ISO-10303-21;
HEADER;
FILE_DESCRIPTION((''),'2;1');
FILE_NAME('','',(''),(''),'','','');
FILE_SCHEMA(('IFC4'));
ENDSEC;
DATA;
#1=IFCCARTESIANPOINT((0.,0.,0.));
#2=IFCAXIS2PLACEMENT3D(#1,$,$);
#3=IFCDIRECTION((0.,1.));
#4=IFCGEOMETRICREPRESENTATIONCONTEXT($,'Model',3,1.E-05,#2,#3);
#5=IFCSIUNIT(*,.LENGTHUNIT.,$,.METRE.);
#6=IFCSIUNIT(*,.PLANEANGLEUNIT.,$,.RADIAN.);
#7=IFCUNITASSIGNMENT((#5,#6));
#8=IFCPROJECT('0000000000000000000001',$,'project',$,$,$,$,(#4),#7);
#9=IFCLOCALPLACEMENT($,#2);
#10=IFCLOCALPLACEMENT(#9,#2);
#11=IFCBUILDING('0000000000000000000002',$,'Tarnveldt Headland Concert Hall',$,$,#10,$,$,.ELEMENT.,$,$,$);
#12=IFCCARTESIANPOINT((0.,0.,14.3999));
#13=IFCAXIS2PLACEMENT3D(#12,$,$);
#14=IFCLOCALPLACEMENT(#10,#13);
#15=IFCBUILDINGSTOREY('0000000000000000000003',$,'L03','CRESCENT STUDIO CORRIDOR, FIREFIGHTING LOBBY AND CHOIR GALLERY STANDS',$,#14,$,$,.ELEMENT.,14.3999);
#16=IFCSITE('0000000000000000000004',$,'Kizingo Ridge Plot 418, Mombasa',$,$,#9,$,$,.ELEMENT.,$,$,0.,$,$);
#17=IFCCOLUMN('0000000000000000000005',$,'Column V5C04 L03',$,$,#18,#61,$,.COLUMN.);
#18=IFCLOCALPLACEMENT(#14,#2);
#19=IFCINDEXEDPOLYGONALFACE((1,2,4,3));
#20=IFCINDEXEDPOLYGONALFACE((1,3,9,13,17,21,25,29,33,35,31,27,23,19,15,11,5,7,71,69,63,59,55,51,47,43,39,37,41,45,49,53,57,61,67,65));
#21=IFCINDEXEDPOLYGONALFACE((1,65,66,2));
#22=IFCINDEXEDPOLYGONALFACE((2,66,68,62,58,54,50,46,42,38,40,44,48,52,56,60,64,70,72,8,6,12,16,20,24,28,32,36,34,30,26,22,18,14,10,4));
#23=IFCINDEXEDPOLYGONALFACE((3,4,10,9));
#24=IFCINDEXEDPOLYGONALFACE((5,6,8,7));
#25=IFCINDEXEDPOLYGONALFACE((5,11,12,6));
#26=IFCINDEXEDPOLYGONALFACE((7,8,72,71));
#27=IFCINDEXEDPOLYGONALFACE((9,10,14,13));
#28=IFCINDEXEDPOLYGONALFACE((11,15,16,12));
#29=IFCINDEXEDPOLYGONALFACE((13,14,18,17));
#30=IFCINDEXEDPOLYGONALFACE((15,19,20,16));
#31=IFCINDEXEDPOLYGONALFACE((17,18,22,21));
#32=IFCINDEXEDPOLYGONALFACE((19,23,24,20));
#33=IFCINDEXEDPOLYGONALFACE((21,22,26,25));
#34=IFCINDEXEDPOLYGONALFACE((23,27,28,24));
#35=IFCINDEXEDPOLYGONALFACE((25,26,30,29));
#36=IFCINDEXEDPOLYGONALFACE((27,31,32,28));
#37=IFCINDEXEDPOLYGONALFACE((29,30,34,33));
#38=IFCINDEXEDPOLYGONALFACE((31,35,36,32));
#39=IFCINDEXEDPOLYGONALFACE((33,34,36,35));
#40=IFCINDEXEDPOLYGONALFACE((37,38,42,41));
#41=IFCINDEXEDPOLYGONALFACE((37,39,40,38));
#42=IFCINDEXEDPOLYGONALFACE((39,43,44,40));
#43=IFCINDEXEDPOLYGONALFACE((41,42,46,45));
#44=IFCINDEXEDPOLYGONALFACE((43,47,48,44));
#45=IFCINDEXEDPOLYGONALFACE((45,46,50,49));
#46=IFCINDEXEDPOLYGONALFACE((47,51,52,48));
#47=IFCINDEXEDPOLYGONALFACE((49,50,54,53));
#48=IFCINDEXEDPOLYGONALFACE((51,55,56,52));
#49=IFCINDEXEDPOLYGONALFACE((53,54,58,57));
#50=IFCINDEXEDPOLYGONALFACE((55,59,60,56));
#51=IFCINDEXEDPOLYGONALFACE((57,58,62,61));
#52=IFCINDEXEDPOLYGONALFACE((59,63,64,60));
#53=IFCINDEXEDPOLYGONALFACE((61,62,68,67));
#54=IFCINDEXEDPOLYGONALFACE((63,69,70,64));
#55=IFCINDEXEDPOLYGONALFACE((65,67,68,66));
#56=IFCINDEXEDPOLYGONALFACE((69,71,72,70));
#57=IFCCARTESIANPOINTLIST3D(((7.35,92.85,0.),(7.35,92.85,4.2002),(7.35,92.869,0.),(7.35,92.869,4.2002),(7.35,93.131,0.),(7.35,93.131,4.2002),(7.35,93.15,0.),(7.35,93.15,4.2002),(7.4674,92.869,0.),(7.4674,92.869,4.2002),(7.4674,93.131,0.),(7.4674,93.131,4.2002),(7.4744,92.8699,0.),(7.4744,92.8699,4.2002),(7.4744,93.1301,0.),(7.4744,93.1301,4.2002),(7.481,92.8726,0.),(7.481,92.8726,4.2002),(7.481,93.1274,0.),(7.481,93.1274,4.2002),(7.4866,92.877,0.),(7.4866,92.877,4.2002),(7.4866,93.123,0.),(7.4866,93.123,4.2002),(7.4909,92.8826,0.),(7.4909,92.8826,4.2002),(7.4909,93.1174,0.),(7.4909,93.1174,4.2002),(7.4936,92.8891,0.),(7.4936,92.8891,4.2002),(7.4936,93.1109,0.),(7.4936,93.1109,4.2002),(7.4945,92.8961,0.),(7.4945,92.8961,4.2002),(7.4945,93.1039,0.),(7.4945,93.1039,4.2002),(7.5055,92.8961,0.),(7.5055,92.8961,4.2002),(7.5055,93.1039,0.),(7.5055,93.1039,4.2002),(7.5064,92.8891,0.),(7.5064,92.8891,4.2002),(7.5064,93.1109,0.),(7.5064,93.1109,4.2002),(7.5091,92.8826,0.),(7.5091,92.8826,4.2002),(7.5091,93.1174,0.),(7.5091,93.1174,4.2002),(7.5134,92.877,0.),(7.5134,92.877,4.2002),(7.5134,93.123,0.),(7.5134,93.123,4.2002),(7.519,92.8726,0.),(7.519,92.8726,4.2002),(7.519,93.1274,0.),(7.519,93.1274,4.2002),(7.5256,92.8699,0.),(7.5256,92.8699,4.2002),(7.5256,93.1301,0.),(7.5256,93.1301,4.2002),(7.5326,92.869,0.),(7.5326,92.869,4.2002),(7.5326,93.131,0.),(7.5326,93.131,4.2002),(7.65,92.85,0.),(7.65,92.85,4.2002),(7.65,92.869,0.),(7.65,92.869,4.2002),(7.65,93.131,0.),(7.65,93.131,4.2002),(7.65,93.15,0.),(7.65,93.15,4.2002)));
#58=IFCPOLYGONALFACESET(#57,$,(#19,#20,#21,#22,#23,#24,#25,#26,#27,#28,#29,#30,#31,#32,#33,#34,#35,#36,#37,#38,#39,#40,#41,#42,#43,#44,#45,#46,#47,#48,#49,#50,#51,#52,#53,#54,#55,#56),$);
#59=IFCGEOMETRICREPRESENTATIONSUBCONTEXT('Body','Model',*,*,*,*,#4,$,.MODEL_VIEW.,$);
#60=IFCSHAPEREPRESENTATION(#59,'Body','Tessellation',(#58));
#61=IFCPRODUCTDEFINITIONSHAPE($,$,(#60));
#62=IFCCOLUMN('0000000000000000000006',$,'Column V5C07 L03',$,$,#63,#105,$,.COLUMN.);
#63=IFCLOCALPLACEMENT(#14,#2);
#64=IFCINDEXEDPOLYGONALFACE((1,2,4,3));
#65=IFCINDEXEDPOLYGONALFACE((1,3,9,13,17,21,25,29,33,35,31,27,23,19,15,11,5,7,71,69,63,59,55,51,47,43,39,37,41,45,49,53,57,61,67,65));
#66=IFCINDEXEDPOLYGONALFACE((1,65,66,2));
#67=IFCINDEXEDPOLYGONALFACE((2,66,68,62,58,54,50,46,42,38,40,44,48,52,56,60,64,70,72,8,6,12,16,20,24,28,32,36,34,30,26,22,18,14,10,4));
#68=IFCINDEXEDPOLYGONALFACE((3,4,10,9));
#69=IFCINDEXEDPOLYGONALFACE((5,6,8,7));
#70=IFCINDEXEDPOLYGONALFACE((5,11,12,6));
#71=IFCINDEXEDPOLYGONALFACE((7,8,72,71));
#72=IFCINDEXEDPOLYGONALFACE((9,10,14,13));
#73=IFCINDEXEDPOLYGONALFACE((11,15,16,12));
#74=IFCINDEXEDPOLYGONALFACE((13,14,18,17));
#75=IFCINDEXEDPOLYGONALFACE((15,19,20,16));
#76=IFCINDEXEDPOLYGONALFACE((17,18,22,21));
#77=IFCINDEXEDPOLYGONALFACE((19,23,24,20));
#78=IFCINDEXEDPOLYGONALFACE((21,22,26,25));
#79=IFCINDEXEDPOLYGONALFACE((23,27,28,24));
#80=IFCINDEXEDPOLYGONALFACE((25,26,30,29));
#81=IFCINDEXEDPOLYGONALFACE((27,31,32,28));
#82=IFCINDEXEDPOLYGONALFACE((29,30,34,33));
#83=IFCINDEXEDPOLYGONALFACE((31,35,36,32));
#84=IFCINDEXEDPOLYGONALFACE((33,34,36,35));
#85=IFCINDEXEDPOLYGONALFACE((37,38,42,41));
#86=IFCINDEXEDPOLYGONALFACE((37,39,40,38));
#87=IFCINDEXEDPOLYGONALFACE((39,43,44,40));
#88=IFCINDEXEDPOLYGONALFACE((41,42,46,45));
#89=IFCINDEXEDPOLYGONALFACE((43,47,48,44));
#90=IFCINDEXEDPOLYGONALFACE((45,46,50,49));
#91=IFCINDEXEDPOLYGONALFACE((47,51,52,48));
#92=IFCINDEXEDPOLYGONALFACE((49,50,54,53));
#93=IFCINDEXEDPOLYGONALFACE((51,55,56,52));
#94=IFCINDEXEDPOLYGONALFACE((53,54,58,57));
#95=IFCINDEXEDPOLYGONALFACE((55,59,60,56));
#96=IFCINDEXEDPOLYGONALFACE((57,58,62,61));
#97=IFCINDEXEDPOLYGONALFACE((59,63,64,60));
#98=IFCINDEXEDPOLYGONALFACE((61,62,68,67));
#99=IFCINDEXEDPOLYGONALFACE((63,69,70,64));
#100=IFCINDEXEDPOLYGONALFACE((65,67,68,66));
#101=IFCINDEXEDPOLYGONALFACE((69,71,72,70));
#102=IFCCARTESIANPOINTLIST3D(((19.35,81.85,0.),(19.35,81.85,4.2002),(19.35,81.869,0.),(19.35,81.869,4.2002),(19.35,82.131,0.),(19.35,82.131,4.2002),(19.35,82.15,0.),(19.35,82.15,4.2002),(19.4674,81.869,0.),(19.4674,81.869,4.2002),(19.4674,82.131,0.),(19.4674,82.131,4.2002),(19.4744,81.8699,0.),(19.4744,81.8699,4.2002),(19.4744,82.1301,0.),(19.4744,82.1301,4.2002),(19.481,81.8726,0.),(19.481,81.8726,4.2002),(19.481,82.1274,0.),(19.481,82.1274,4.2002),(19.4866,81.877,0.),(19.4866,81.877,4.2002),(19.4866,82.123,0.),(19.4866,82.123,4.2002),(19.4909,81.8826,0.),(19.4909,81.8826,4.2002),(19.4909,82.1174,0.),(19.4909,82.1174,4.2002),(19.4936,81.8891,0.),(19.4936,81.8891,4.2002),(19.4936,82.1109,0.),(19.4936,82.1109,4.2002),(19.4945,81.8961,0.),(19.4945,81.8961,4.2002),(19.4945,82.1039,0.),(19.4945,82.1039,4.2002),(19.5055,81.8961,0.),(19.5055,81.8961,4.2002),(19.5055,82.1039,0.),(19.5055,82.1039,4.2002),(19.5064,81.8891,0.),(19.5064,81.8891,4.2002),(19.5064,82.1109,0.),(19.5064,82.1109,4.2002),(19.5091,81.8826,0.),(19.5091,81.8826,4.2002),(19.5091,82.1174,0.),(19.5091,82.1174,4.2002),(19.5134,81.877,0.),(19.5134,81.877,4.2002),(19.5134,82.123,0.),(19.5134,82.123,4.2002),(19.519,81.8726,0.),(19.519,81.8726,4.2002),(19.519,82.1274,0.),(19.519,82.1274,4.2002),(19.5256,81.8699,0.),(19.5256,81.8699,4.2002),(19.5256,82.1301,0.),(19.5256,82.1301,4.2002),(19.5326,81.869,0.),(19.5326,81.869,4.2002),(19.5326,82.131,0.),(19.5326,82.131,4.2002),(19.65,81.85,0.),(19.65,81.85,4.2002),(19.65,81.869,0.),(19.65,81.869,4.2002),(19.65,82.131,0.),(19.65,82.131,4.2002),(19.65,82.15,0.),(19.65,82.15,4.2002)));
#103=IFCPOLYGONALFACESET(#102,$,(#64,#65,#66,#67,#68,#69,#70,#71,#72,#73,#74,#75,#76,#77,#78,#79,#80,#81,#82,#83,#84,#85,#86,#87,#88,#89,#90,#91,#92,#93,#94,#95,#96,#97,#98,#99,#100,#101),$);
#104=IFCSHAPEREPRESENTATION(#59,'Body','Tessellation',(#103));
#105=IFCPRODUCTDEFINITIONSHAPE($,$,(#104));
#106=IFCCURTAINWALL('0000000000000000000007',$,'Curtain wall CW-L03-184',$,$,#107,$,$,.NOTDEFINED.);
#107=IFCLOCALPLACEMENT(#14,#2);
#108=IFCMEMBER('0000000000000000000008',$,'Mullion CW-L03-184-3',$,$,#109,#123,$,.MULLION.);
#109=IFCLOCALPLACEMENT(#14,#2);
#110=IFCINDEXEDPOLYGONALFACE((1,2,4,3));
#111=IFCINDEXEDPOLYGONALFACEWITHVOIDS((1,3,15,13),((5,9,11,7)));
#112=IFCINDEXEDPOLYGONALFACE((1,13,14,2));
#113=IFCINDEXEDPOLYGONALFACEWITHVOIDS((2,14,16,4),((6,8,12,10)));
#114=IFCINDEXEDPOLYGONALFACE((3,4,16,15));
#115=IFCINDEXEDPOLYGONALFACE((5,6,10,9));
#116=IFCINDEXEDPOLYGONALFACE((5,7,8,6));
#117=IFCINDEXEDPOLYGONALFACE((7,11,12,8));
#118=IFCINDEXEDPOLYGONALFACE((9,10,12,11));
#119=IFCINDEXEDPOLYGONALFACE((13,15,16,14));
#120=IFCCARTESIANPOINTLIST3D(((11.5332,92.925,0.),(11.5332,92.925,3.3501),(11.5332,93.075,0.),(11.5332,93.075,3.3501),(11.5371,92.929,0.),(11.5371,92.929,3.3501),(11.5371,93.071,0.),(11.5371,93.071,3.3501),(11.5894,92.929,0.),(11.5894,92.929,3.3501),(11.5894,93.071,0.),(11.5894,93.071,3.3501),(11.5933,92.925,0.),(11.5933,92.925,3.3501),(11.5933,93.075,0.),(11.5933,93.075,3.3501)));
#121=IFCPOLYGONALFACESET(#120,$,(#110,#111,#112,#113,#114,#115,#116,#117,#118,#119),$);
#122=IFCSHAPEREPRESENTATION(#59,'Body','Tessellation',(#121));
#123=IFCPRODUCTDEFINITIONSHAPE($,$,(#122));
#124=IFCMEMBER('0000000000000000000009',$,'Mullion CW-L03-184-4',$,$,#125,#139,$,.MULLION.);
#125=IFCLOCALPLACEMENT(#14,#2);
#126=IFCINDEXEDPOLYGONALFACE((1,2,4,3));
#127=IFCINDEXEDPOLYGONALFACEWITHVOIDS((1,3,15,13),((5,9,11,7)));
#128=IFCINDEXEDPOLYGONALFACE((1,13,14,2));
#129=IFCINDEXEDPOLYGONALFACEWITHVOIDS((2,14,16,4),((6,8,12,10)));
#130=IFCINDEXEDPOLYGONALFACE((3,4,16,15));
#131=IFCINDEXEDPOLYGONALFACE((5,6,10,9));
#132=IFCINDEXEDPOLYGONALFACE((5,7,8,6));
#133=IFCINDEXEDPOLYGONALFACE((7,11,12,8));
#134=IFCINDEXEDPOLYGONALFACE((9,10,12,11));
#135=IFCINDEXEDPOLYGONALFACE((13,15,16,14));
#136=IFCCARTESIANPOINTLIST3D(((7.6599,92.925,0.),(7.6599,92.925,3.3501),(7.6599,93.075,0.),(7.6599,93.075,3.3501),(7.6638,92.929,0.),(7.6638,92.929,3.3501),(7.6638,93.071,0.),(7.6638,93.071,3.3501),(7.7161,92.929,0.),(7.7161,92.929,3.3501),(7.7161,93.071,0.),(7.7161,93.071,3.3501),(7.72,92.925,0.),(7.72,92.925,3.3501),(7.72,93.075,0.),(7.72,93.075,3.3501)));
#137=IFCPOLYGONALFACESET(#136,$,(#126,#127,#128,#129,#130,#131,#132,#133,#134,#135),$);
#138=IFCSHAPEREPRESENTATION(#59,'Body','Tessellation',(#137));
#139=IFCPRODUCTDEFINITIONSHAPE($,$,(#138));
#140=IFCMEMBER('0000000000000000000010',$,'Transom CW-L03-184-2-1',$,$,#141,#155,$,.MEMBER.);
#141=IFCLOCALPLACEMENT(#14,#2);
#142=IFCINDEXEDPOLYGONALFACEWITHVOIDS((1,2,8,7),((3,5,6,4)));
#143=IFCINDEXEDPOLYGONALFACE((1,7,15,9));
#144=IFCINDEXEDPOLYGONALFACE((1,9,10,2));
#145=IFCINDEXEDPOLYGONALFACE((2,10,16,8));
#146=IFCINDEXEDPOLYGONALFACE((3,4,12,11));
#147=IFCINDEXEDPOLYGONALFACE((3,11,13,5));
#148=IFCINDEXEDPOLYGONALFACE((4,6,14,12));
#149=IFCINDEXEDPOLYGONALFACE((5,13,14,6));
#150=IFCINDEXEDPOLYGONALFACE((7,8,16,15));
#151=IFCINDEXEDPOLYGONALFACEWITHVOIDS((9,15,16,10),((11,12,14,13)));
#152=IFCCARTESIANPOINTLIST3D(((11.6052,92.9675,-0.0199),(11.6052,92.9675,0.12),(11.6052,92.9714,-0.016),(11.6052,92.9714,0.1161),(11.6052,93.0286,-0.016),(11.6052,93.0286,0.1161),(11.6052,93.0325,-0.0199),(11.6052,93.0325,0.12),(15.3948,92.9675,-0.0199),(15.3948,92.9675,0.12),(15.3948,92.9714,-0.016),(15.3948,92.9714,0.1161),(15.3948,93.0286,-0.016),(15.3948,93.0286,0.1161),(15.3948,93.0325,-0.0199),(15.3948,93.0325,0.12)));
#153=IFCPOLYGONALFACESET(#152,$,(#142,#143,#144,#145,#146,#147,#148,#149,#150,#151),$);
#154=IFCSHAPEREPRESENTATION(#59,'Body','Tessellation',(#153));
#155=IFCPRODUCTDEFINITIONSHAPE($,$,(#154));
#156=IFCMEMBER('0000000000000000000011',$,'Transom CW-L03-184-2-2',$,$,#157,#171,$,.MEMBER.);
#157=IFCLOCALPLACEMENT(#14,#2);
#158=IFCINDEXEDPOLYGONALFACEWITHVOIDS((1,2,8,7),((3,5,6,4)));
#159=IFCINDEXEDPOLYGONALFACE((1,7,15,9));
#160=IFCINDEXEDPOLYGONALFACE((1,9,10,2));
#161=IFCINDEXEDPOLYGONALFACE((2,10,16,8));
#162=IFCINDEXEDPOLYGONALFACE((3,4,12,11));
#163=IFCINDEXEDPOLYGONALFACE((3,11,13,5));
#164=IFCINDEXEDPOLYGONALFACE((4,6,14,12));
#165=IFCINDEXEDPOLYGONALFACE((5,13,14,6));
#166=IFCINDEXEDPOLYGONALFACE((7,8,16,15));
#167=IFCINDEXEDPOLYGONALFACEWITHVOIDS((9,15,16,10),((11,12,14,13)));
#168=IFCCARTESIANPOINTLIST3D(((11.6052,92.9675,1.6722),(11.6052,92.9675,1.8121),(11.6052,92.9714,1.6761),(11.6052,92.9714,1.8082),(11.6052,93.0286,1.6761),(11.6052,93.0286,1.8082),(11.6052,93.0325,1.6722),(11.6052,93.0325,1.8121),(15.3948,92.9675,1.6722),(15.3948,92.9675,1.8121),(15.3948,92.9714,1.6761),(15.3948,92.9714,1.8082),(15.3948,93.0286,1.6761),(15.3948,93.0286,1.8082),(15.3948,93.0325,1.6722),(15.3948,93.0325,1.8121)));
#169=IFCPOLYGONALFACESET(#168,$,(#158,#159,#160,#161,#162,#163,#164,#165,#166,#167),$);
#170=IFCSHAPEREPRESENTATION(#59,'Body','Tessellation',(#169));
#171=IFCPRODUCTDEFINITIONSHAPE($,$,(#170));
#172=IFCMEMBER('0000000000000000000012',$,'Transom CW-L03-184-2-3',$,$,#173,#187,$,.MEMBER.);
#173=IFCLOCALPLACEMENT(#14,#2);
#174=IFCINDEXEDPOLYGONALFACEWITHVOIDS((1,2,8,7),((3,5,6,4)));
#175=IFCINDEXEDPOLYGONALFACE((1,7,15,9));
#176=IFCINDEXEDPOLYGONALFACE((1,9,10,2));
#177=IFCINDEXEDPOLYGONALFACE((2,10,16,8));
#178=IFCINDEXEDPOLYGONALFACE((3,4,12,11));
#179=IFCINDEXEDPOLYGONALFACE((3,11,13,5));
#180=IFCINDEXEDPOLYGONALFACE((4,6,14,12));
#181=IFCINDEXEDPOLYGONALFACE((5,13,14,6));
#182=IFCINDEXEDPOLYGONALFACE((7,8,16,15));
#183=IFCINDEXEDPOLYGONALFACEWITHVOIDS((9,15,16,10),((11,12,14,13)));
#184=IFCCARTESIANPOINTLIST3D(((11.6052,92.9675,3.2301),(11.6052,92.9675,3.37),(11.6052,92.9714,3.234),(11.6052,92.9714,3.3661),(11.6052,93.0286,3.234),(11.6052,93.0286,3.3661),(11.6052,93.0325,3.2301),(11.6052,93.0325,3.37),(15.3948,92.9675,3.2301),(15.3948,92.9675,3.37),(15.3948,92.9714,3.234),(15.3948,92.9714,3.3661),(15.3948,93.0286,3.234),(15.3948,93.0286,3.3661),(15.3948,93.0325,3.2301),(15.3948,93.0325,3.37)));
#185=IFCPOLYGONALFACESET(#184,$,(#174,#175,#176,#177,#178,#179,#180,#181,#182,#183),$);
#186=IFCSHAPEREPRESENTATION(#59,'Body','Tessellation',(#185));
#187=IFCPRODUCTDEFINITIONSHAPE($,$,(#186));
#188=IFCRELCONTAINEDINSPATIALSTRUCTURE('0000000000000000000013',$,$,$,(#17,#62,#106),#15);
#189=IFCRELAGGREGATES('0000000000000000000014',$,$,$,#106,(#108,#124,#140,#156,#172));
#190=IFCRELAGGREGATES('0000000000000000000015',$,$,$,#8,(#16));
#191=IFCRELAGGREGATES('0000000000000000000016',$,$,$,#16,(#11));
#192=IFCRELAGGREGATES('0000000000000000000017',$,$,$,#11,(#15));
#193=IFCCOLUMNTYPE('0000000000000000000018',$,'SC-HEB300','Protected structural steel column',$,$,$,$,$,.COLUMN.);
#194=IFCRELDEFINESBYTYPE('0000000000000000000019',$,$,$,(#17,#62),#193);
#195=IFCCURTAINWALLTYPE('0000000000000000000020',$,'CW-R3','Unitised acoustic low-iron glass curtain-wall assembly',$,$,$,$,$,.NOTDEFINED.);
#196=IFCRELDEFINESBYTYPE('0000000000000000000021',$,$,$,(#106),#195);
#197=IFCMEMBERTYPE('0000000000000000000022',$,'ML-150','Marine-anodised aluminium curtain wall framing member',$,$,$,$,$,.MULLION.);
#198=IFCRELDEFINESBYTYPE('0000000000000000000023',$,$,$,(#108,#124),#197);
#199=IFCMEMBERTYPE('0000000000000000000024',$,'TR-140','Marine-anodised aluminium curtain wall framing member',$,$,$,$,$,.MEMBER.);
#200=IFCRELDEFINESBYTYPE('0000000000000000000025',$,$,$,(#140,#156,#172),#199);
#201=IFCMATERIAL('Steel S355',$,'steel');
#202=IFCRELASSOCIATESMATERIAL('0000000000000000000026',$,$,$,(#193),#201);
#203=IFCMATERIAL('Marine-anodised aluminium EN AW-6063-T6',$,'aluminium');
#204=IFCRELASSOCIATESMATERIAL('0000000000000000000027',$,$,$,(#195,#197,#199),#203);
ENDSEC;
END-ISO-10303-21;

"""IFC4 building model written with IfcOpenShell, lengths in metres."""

from ifc_helpers import new_model, si_unit, direction, frame, origin, origin_2d, place, context, subcontext, project, spatial, hollow_rectangle, i_section, extrude, material, material_profile, profile_set, type_object, element, aggregate, save


model = new_model("IFC4")

# Units and contexts
model_context = context("Model", 3, precision=1e-05, world=origin(), true_north=direction((0.0, 1.0)))
body_context = subcontext(model_context, "Body", "Model", "MODEL_VIEW")
ifc_project = project(units=[si_unit("LENGTHUNIT", "METRE"), si_unit("PLANEANGLEUNIT", "RADIAN")], contexts=[model_context])

# Site, building, storey
site_placement = place(None, origin())
site = spatial("IfcSite", under=ifc_project, at=site_placement, Name="Kizingo Ridge Plot 418, Mombasa", CompositionType="ELEMENT", RefElevation=0.0)
building_placement = place(site_placement, origin())
building = spatial("IfcBuilding", under=site, at=building_placement, Name="Tarnveldt Headland Concert Hall", CompositionType="ELEMENT")
storey_placement = place(building_placement, frame((0.0, 0.0, 14.3999)))
storey = spatial("IfcBuildingStorey", under=building, at=storey_placement, Name="L03", Description="CRESCENT STUDIO CORRIDOR, FIREFIGHTING LOBBY AND CHOIR GALLERY STANDS", CompositionType="ELEMENT", Elevation=14.3999)

# Columns
ifc_material_1 = material(Name="Steel S355", Category="steel")
ifc_material_profile_1 = material_profile(ifc_material_1, i_section(OverallWidth=0.3, OverallDepth=0.3, WebThickness=0.011, FlangeThickness=0.019, FilletRadius=0.0271, at=origin_2d()), Name="HEB300", Category="steel")
ifc_profile_set_1 = profile_set([ifc_material_profile_1], Name="Steel S355")
column_type = type_object("IfcColumnType", Name="SC-HEB300", Description="Protected structural steel column", PredefinedType="COLUMN", material=ifc_profile_set_1)
for number, where, z_axis, x_axis, name in (
    (1, (7.5, 93.0, 0.0), (0.0, 0.0, 1.0), (1.0, 0.0, 0.0), "Column V5C04 L03"),
    (2, (19.5, 82.0, 0.0), (0.0, 0.0, 1.0), (1.0, 0.0, 0.0), "Column V5C07 L03"),
):
    element("IfcColumn", number, at=place(storey_placement, frame(where, z_axis=z_axis, x_axis=x_axis)), inside=storey, type_object=column_type, Name=name, PredefinedType="COLUMN", context=body_context, shape_type="SweptSolid", body=[
        extrude(i_section(OverallWidth=0.3, OverallDepth=0.3, WebThickness=0.011, FlangeThickness=0.019, FilletRadius=0.0271, at=origin_2d()), origin(), (0.0, 0.0, 1.0), 4.2002),
    ])

# Curtain wall, members
ifc_material_2 = material(Name="Marine-anodised aluminium EN AW-6063-T6", Category="aluminium")
curtain_wall_type = type_object("IfcCurtainWallType", Name="CW-R3", Description="Unitised acoustic low-iron glass curtain-wall assembly", PredefinedType="NOTDEFINED", material=ifc_material_2)
curtain_wall_placement = place(storey_placement, origin())
curtain_wall = element("IfcCurtainWall", 3, at=curtain_wall_placement, inside=storey, type_object=curtain_wall_type, Name="Curtain wall CW-L03-184", PredefinedType="NOTDEFINED")
ifc_material_profile_2 = material_profile(ifc_material_2, hollow_rectangle(XDim=0.0601, YDim=0.1499, WallThickness=0.0039, at=origin_2d()), Name="ALU MULLION 60x150x4", Category="aluminium")
ifc_profile_set_2 = profile_set([ifc_material_profile_2], Name="Marine-anodised aluminium EN AW-6063-T6")
member_type_1 = type_object("IfcMemberType", Name="ML-150", Description="Marine-anodised aluminium curtain wall framing member", PredefinedType="MULLION", material=ifc_profile_set_2)
member_1_placement = place(storey_placement, frame((11.5632, 93.0, 0.0), z_axis=(0.0, 0.0, 1.0), x_axis=(1.0, 0.0, 0.0)))
member_1 = element("IfcMember", 4, at=member_1_placement, type_object=member_type_1, Name="Mullion CW-L03-184-3", PredefinedType="MULLION", context=body_context, shape_type="SweptSolid", body=[
    extrude(hollow_rectangle(XDim=0.0601, YDim=0.1499, WallThickness=0.0039, at=origin_2d()), origin(), (0.0, 0.0, 1.0), 3.3501),
])
member_2_placement = place(storey_placement, frame((7.6899, 93.0, 0.0), z_axis=(0.0, 0.0, 1.0), x_axis=(1.0, 0.0, 0.0)))
member_2 = element("IfcMember", 5, at=member_2_placement, type_object=member_type_1, Name="Mullion CW-L03-184-4", PredefinedType="MULLION", context=body_context, shape_type="SweptSolid", body=[
    extrude(hollow_rectangle(XDim=0.0601, YDim=0.1499, WallThickness=0.0039, at=origin_2d()), origin(), (0.0, 0.0, 1.0), 3.3501),
])
ifc_material_profile_3 = material_profile(ifc_material_2, hollow_rectangle(XDim=0.0649, YDim=0.1399, WallThickness=0.0039, at=origin_2d()), Name="ALU TRANSOM 65x140x4", Category="aluminium")
ifc_profile_set_3 = profile_set([ifc_material_profile_3], Name="Marine-anodised aluminium EN AW-6063-T6")
member_type_2 = type_object("IfcMemberType", Name="TR-140", Description="Marine-anodised aluminium curtain wall framing member", PredefinedType="MEMBER", material=ifc_profile_set_3)
member_3_placement = place(storey_placement, frame((15.3948, 93.0, 0.05), z_axis=(-1.0, 0.0, 0.0), x_axis=(0.0, -1.0, 0.0)))
member_3 = element("IfcMember", 6, at=member_3_placement, type_object=member_type_2, Name="Transom CW-L03-184-2-1", PredefinedType="MEMBER", context=body_context, shape_type="SweptSolid", body=[
    extrude(hollow_rectangle(XDim=0.0649, YDim=0.1399, WallThickness=0.0039, at=origin_2d()), origin(), (0.0, 0.0, 1.0), 3.7896),
])
member_4_placement = place(storey_placement, frame((15.3948, 93.0, 1.7422), z_axis=(-1.0, 0.0, 0.0), x_axis=(0.0, -1.0, 0.0)))
member_4 = element("IfcMember", 7, at=member_4_placement, type_object=member_type_2, Name="Transom CW-L03-184-2-2", PredefinedType="MEMBER", context=body_context, shape_type="SweptSolid", body=[
    extrude(hollow_rectangle(XDim=0.0649, YDim=0.1399, WallThickness=0.0039, at=origin_2d()), origin(), (0.0, 0.0, 1.0), 3.7896),
])
member_5_placement = place(storey_placement, frame((15.3948, 93.0, 3.3), z_axis=(-1.0, 0.0, 0.0), x_axis=(0.0, -1.0, 0.0)))
member_5 = element("IfcMember", 8, at=member_5_placement, type_object=member_type_2, Name="Transom CW-L03-184-2-3", PredefinedType="MEMBER", context=body_context, shape_type="SweptSolid", body=[
    extrude(hollow_rectangle(XDim=0.0649, YDim=0.1399, WallThickness=0.0039, at=origin_2d()), origin(), (0.0, 0.0, 1.0), 3.7896),
])
aggregate(curtain_wall, [member_1, member_2, member_3, member_4, member_5])

save(model, "model.ifc")
